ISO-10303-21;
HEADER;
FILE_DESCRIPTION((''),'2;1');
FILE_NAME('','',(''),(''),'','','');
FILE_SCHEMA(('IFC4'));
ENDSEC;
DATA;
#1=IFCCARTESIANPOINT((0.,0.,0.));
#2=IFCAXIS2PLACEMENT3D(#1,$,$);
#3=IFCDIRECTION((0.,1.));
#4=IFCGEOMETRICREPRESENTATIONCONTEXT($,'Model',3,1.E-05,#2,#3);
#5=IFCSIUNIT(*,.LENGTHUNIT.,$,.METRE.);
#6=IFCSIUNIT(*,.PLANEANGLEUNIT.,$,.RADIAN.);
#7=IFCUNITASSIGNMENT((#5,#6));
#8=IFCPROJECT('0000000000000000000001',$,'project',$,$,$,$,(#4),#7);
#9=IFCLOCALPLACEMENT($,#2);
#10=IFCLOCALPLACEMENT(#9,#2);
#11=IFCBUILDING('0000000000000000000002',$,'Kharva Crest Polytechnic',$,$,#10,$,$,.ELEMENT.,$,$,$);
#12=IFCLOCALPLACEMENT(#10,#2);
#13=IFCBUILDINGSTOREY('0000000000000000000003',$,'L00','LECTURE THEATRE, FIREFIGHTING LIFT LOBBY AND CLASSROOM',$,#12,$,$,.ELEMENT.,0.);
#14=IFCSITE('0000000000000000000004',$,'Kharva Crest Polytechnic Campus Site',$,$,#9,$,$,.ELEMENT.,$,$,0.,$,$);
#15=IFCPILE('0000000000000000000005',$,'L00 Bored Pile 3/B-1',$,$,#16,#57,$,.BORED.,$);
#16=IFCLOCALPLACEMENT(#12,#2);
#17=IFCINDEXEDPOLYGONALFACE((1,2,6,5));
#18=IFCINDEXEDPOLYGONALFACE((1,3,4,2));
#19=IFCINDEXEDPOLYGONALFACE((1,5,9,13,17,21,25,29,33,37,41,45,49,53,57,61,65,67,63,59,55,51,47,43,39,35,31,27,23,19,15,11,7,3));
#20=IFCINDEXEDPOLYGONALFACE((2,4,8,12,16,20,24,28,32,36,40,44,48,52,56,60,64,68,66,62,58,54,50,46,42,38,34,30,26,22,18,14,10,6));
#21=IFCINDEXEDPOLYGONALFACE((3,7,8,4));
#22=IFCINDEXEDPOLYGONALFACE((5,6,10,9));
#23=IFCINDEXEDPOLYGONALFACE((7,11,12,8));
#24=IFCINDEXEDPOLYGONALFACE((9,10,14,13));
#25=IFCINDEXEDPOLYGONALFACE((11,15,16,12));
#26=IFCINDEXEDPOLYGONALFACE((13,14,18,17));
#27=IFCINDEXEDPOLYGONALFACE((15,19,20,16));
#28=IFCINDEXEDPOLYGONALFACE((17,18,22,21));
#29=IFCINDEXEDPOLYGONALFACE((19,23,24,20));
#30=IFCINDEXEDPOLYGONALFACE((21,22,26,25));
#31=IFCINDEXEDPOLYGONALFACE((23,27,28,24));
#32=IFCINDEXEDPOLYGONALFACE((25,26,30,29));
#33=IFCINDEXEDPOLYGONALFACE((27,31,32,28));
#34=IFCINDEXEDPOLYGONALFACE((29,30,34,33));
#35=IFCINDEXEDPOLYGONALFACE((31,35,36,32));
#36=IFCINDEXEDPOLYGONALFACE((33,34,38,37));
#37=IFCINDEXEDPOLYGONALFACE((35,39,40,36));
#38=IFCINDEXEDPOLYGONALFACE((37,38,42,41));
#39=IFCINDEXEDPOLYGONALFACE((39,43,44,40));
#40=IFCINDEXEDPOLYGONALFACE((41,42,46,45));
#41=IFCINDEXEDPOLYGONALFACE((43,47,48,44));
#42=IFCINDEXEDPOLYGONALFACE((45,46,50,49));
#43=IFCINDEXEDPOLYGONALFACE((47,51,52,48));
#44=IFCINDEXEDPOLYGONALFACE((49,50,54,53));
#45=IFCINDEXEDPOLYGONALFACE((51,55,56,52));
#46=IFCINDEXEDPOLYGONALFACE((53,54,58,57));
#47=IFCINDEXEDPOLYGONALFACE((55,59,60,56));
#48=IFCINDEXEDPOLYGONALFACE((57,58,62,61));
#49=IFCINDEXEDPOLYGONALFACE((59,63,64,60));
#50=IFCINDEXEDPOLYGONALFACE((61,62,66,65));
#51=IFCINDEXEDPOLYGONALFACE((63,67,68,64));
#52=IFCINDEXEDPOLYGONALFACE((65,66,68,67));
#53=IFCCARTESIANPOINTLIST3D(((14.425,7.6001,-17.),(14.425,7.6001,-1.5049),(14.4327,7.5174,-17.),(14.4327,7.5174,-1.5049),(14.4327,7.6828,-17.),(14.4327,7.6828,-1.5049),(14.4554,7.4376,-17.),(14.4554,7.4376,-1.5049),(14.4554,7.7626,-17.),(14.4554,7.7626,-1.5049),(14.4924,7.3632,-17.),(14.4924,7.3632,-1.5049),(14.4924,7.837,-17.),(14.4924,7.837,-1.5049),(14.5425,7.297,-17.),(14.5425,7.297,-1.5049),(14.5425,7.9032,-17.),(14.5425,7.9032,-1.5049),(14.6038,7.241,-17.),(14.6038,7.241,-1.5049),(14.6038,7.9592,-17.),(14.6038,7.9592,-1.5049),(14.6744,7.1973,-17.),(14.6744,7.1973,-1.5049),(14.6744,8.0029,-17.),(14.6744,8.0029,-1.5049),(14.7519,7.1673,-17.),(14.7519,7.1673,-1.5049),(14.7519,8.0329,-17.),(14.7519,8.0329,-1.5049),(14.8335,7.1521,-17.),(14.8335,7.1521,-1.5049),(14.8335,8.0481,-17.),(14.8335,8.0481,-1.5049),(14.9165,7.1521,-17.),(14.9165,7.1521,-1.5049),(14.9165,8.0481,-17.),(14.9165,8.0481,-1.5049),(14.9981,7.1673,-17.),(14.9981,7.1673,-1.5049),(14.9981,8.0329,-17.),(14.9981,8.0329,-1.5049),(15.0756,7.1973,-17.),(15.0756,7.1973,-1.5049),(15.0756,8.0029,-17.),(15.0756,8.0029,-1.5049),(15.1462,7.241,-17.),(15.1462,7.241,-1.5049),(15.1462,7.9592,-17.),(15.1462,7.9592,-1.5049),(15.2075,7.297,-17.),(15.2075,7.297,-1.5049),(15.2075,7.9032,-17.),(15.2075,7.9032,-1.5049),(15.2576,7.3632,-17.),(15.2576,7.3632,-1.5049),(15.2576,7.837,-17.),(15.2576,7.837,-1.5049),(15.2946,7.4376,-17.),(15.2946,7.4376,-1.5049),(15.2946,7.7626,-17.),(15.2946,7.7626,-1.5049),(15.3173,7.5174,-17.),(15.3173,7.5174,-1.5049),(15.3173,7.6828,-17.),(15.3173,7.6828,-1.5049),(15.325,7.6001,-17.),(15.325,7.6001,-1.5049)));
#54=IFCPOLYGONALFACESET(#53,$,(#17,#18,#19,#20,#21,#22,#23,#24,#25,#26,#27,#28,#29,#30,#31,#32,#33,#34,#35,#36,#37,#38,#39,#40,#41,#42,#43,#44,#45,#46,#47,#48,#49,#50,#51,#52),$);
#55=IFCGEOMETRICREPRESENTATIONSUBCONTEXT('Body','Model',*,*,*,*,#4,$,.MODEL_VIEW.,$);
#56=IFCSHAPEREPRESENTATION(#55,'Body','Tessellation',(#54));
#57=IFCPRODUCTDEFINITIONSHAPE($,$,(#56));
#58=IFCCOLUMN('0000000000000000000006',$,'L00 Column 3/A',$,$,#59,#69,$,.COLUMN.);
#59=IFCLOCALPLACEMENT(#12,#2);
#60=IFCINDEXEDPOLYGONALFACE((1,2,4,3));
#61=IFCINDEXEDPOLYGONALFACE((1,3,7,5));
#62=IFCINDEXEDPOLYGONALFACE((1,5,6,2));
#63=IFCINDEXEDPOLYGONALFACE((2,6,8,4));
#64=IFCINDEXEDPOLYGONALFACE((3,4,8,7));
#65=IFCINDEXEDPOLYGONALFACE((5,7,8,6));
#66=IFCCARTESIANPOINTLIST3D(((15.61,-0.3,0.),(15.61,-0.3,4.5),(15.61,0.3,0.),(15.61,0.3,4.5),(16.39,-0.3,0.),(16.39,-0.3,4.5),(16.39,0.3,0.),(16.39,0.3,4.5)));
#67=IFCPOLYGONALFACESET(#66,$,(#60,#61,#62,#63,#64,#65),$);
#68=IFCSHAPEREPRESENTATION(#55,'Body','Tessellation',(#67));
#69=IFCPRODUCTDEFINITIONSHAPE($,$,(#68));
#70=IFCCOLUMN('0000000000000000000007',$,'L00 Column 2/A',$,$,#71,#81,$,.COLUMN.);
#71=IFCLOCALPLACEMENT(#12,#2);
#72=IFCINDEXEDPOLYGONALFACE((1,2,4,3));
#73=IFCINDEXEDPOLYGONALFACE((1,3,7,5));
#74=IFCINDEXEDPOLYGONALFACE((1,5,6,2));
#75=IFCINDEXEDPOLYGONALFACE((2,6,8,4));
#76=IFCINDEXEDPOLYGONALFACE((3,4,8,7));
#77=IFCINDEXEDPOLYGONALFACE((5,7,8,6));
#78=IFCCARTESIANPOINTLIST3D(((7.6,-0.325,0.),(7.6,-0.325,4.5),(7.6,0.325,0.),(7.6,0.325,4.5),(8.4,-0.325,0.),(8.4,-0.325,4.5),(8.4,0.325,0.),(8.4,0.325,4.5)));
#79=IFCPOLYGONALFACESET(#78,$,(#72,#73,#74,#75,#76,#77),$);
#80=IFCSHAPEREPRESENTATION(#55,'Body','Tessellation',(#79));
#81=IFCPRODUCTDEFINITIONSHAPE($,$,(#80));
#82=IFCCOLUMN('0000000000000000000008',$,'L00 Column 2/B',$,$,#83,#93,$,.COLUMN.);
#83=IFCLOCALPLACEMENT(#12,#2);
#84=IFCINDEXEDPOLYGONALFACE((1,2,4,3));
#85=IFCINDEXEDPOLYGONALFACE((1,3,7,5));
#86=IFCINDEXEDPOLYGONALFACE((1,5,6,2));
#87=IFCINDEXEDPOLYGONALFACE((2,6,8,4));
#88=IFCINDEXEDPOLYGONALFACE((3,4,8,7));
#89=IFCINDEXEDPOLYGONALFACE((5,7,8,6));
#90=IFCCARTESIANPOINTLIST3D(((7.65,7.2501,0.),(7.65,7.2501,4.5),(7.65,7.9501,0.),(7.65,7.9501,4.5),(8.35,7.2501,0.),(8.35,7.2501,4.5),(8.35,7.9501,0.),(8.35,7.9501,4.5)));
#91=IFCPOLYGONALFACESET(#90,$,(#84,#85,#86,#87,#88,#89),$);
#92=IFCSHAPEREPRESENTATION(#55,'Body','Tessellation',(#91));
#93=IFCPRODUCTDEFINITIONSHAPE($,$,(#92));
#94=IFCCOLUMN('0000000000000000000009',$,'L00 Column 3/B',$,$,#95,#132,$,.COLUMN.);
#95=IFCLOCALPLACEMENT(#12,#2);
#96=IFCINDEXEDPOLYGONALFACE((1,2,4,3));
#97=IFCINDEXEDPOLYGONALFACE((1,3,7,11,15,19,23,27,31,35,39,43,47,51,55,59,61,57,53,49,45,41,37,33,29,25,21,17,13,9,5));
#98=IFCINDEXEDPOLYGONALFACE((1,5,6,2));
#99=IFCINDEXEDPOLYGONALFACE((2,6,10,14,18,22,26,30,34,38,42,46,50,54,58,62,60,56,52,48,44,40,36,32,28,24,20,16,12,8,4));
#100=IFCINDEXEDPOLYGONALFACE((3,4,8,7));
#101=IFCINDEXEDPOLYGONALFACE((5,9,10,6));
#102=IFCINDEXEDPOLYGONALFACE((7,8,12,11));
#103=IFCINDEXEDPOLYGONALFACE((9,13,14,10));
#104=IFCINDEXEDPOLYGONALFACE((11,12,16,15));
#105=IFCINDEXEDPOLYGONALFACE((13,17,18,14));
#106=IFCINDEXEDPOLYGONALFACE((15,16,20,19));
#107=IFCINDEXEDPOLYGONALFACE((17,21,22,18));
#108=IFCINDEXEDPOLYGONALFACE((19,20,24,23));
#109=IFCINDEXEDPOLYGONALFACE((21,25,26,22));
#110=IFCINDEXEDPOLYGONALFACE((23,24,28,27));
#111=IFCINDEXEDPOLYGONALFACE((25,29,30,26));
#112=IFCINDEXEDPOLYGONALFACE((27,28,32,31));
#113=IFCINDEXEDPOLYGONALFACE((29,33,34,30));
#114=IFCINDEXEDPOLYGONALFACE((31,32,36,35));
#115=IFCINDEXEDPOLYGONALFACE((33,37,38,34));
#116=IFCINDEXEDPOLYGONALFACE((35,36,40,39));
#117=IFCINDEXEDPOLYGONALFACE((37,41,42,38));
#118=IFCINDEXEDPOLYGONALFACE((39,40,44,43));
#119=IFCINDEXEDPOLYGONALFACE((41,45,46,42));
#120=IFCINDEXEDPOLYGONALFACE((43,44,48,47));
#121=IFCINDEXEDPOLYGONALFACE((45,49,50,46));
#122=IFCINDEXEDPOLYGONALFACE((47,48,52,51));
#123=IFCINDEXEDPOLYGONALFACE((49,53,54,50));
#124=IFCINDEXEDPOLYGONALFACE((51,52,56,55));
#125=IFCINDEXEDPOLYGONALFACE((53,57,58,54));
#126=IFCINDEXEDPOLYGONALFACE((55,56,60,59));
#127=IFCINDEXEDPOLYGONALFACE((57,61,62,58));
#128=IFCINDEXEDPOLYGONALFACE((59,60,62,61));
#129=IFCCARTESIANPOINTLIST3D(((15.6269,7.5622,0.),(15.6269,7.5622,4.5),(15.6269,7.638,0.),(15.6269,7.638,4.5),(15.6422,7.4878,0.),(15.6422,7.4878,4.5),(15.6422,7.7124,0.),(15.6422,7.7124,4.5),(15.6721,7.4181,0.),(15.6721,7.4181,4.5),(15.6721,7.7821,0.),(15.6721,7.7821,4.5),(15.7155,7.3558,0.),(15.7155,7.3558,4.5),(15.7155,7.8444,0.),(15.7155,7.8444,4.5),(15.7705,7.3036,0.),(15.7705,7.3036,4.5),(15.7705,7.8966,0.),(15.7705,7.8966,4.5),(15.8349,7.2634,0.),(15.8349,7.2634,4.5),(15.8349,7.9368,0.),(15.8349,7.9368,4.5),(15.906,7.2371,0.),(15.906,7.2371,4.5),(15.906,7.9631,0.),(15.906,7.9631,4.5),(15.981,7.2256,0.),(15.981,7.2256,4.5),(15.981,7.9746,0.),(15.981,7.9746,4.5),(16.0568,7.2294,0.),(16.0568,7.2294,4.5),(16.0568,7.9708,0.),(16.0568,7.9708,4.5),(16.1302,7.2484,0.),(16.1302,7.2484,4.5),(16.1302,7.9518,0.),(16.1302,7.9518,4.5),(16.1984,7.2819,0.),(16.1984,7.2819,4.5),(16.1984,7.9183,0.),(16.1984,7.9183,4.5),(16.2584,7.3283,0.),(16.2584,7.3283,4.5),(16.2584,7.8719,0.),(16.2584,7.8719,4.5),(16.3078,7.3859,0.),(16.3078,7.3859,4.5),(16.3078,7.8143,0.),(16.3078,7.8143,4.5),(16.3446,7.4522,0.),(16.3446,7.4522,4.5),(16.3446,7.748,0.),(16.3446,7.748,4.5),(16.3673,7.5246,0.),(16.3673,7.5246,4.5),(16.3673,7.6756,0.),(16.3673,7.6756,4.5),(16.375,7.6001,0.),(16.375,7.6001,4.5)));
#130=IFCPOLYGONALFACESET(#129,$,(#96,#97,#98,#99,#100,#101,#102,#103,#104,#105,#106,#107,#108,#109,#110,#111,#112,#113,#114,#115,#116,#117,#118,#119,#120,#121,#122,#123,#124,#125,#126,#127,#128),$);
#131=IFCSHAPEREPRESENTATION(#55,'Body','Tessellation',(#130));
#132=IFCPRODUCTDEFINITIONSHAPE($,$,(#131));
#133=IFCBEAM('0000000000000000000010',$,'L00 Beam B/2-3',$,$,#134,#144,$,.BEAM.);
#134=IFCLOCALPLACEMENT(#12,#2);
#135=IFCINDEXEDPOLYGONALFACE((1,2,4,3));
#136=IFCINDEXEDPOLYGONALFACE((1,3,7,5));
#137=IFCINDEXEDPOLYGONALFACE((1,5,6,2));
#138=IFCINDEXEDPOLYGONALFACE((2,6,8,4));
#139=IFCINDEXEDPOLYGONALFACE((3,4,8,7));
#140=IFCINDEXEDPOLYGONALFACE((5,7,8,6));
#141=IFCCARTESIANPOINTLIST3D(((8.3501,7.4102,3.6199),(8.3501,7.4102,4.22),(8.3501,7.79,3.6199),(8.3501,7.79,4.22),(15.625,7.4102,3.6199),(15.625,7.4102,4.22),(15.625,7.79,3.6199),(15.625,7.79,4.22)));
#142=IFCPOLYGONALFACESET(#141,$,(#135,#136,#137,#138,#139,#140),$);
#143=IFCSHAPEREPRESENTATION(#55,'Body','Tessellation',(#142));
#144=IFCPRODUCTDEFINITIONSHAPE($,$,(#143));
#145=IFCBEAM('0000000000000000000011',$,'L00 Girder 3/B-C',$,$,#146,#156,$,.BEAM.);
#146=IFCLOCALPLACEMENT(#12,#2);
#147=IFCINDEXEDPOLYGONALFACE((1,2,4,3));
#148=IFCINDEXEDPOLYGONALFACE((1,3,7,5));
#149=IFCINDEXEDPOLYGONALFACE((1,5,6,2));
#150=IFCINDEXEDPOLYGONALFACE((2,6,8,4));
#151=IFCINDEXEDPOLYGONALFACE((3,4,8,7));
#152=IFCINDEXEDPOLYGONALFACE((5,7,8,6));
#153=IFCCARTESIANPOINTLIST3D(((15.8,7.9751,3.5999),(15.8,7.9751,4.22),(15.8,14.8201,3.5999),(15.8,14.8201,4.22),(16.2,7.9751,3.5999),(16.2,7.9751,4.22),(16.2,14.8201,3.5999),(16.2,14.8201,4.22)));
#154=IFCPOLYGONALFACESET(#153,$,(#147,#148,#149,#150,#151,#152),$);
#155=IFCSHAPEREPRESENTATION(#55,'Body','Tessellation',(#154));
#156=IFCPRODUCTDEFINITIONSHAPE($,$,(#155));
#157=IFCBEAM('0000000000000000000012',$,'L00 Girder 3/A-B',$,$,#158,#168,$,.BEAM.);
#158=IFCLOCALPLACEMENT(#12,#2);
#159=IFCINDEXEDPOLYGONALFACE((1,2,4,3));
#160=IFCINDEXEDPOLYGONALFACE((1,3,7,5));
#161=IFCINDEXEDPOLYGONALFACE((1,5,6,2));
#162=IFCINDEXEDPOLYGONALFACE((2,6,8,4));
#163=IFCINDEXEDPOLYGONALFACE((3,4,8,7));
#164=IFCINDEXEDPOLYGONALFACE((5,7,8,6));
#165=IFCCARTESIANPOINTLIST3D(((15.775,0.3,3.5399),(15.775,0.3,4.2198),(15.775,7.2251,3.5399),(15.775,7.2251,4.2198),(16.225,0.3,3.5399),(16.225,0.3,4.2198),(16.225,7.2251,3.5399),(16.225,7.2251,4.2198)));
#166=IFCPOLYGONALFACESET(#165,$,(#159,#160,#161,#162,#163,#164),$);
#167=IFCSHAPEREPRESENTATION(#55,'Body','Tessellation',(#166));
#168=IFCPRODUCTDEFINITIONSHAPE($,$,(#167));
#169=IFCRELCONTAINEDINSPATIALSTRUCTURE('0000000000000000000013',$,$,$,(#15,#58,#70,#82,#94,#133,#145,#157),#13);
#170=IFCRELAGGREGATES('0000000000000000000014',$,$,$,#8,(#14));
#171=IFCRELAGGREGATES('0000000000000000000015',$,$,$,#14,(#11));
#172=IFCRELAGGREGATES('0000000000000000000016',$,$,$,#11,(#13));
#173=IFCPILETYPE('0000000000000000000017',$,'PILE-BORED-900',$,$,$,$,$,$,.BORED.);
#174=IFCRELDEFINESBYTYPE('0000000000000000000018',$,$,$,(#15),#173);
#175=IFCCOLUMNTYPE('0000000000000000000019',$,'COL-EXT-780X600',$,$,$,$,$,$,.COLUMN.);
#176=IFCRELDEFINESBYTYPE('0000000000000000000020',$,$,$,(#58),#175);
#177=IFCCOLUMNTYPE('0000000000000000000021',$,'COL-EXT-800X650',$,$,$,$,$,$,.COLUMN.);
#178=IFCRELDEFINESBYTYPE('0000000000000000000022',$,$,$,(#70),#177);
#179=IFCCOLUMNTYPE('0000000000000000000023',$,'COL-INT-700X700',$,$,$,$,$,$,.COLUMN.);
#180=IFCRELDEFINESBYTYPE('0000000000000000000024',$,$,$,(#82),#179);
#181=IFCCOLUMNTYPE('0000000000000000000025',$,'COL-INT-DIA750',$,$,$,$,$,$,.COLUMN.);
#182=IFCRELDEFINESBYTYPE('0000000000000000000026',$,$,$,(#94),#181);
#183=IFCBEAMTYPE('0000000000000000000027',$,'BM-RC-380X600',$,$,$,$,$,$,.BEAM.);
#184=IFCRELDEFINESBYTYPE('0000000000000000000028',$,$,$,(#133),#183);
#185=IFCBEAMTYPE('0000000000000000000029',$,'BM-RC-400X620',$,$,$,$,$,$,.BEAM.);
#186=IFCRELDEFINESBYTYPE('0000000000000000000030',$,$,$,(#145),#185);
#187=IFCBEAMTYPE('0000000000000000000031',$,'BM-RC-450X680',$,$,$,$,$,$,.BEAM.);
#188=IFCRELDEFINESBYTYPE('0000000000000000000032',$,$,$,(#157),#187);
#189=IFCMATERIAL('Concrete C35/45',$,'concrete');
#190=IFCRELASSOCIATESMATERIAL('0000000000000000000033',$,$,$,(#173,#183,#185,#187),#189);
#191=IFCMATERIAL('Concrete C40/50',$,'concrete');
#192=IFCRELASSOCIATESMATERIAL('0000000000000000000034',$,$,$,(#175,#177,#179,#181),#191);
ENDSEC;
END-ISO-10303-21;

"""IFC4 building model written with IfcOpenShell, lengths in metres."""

from ifc_helpers import new_model, si_unit, direction, frame, origin, origin_2d, place, context, subcontext, project, spatial, rectangle, circle, extrude, material, material_profile, profile_set, type_object, element, save


model = new_model("IFC4")

# Units and contexts
model_context = context("Model", 3, precision=1e-05, world=origin(), true_north=direction((0.0, 1.0)))
body_context = subcontext(model_context, "Body", "Model", "MODEL_VIEW")
ifc_project = project(units=[si_unit("LENGTHUNIT", "METRE"), si_unit("PLANEANGLEUNIT", "RADIAN")], contexts=[model_context])

# Site, building, storey
site_placement = place(None, origin())
site = spatial("IfcSite", under=ifc_project, at=site_placement, Name="Kharva Crest Polytechnic Campus Site", CompositionType="ELEMENT", RefElevation=0.0)
building_placement = place(site_placement, origin())
building = spatial("IfcBuilding", under=site, at=building_placement, Name="Kharva Crest Polytechnic", CompositionType="ELEMENT")
storey_placement = place(building_placement, origin())
storey = spatial("IfcBuildingStorey", under=building, at=storey_placement, Name="L00", Description="LECTURE THEATRE, FIREFIGHTING LIFT LOBBY AND CLASSROOM", CompositionType="ELEMENT", Elevation=0.0)

# Shared definitions
ifc_material_1 = material(Name="Concrete C35/45", Category="concrete")

# Pile
ifc_material_profile_1 = material_profile(ifc_material_1, circle(Radius=0.45, at=origin_2d()), Name="DIA 900")
ifc_profile_set_1 = profile_set([ifc_material_profile_1], Name="Concrete C35/45")
pile_type_1 = type_object("IfcPileType", Name="PILE-BORED-900", PredefinedType="BORED", material=ifc_profile_set_1)
for number, where, z_axis, x_axis, name in (
    (1, (14.875, 7.6001, -1.5049), (0.0, 0.0, -1.0), (1.0, 0.0, 0.0), "L00 Bored Pile 3/B-1"),
):
    element("IfcPile", number, at=place(storey_placement, frame(where, z_axis=z_axis, x_axis=x_axis)), inside=storey, type_object=pile_type_1, Name=name, PredefinedType="BORED", context=body_context, shape_type="SweptSolid", body=[
        extrude(circle(Radius=0.45, at=origin_2d()), origin(), (0.0, 0.0, 1.0), 15.4951),
    ])

# Columns
ifc_material_2 = material(Name="Concrete C40/50", Category="concrete")
ifc_material_profile_2 = material_profile(ifc_material_2, rectangle(XDim=0.78, YDim=0.6001, at=origin_2d()), Name="RECT 780 X 600")
ifc_profile_set_2 = profile_set([ifc_material_profile_2], Name="Concrete C40/50")
column_type_1 = type_object("IfcColumnType", Name="COL-EXT-780X600", PredefinedType="COLUMN", material=ifc_profile_set_2)
column_1_placement = place(storey_placement, frame((16.0, 0.0, 0.0), z_axis=(0.0, 0.0, 1.0), x_axis=(1.0, 0.0, 0.0)))
element("IfcColumn", 2, at=column_1_placement, inside=storey, type_object=column_type_1, Name="L00 Column 3/A", PredefinedType="COLUMN", context=body_context, shape_type="SweptSolid", body=[
    extrude(rectangle(XDim=0.78, YDim=0.6001, at=origin_2d()), origin(), (0.0, 0.0, 1.0), 4.5),
])
ifc_material_profile_3 = material_profile(ifc_material_2, rectangle(XDim=0.8, YDim=0.6499, at=origin_2d()), Name="RECT 800 X 650")
ifc_profile_set_3 = profile_set([ifc_material_profile_3], Name="Concrete C40/50")
column_type_2 = type_object("IfcColumnType", Name="COL-EXT-800X650", PredefinedType="COLUMN", material=ifc_profile_set_3)
column_2_placement = place(storey_placement, frame((8.0, 0.0, 0.0), z_axis=(0.0, 0.0, 1.0), x_axis=(1.0, 0.0, 0.0)))
element("IfcColumn", 3, at=column_2_placement, inside=storey, type_object=column_type_2, Name="L00 Column 2/A", PredefinedType="COLUMN", context=body_context, shape_type="SweptSolid", body=[
    extrude(rectangle(XDim=0.8, YDim=0.6499, at=origin_2d()), origin(), (0.0, 0.0, 1.0), 4.5),
])
ifc_material_profile_4 = material_profile(ifc_material_2, rectangle(XDim=0.7, YDim=0.7, at=origin_2d()), Name="RECT 700 X 700")
ifc_profile_set_4 = profile_set([ifc_material_profile_4], Name="Concrete C40/50")
column_type_3 = type_object("IfcColumnType", Name="COL-INT-700X700", PredefinedType="COLUMN", material=ifc_profile_set_4)
column_3_placement = place(storey_placement, frame((8.0, 7.6001, 0.0), z_axis=(0.0, 0.0, 1.0), x_axis=(1.0, 0.0, 0.0)))
element("IfcColumn", 4, at=column_3_placement, inside=storey, type_object=column_type_3, Name="L00 Column 2/B", PredefinedType="COLUMN", context=body_context, shape_type="SweptSolid", body=[
    extrude(rectangle(XDim=0.7, YDim=0.7, at=origin_2d()), origin(), (0.0, 0.0, 1.0), 4.5),
])
ifc_material_profile_5 = material_profile(ifc_material_2, circle(Radius=0.375, at=origin_2d()), Name="DIA 750")
ifc_profile_set_5 = profile_set([ifc_material_profile_5], Name="Concrete C40/50")
column_type_4 = type_object("IfcColumnType", Name="COL-INT-DIA750", PredefinedType="COLUMN", material=ifc_profile_set_5)
column_4_placement = place(storey_placement, frame((16.0, 7.6001, 0.0), z_axis=(0.0, 0.0, 1.0), x_axis=(1.0, 0.0, 0.0)))
element("IfcColumn", 5, at=column_4_placement, inside=storey, type_object=column_type_4, Name="L00 Column 3/B", PredefinedType="COLUMN", context=body_context, shape_type="SweptSolid", body=[
    extrude(circle(Radius=0.375, at=origin_2d()), origin(), (0.0, 0.0, 1.0), 4.5),
])

# Beams
ifc_material_profile_6 = material_profile(ifc_material_1, rectangle(XDim=0.3799, YDim=0.6001, at=origin_2d()), Name="RECT 380 X 600")
ifc_profile_set_6 = profile_set([ifc_material_profile_6], Name="Concrete C35/45")
beam_type_1 = type_object("IfcBeamType", Name="BM-RC-380X600", PredefinedType="BEAM", material=ifc_profile_set_6)
beam_1_placement = place(storey_placement, frame((8.3501, 7.6001, 3.9199), z_axis=(1.0, 0.0, 0.0), x_axis=(0.0, 1.0, 0.0)))
element("IfcBeam", 6, at=beam_1_placement, inside=storey, type_object=beam_type_1, Name="L00 Beam B/2-3", PredefinedType="BEAM", context=body_context, shape_type="SweptSolid", body=[
    extrude(rectangle(XDim=0.3799, YDim=0.6001, at=origin_2d()), origin(), (0.0, 0.0, 1.0), 7.2749),
])
ifc_material_profile_7 = material_profile(ifc_material_1, rectangle(XDim=0.3999, YDim=0.6201, at=origin_2d()), Name="RECT 400 X 620")
ifc_profile_set_7 = profile_set([ifc_material_profile_7], Name="Concrete C35/45")
beam_type_2 = type_object("IfcBeamType", Name="BM-RC-400X620", PredefinedType="BEAM", material=ifc_profile_set_7)
beam_2_placement = place(storey_placement, frame((16.0, 7.9751, 3.9099), z_axis=(0.0, 1.0, 0.0), x_axis=(-1.0, 0.0, 0.0)))
element("IfcBeam", 7, at=beam_2_placement, inside=storey, type_object=beam_type_2, Name="L00 Girder 3/B-C", PredefinedType="BEAM", context=body_context, shape_type="SweptSolid", body=[
    extrude(rectangle(XDim=0.3999, YDim=0.6201, at=origin_2d()), origin(), (0.0, 0.0, 1.0), 6.845),
])
ifc_material_profile_8 = material_profile(ifc_material_1, rectangle(XDim=0.45, YDim=0.6799, at=origin_2d()), Name="RECT 450 X 680")
ifc_profile_set_8 = profile_set([ifc_material_profile_8], Name="Concrete C35/45")
beam_type_3 = type_object("IfcBeamType", Name="BM-RC-450X680", PredefinedType="BEAM", material=ifc_profile_set_8)
beam_3_placement = place(storey_placement, frame((16.0, 0.3, 3.8799), z_axis=(0.0, 1.0, 0.0), x_axis=(-1.0, 0.0, 0.0)))
element("IfcBeam", 8, at=beam_3_placement, inside=storey, type_object=beam_type_3, Name="L00 Girder 3/A-B", PredefinedType="BEAM", context=body_context, shape_type="SweptSolid", body=[
    extrude(rectangle(XDim=0.45, YDim=0.6799, at=origin_2d()), origin(), (0.0, 0.0, 1.0), 6.925),
])

save(model, "model.ifc")
